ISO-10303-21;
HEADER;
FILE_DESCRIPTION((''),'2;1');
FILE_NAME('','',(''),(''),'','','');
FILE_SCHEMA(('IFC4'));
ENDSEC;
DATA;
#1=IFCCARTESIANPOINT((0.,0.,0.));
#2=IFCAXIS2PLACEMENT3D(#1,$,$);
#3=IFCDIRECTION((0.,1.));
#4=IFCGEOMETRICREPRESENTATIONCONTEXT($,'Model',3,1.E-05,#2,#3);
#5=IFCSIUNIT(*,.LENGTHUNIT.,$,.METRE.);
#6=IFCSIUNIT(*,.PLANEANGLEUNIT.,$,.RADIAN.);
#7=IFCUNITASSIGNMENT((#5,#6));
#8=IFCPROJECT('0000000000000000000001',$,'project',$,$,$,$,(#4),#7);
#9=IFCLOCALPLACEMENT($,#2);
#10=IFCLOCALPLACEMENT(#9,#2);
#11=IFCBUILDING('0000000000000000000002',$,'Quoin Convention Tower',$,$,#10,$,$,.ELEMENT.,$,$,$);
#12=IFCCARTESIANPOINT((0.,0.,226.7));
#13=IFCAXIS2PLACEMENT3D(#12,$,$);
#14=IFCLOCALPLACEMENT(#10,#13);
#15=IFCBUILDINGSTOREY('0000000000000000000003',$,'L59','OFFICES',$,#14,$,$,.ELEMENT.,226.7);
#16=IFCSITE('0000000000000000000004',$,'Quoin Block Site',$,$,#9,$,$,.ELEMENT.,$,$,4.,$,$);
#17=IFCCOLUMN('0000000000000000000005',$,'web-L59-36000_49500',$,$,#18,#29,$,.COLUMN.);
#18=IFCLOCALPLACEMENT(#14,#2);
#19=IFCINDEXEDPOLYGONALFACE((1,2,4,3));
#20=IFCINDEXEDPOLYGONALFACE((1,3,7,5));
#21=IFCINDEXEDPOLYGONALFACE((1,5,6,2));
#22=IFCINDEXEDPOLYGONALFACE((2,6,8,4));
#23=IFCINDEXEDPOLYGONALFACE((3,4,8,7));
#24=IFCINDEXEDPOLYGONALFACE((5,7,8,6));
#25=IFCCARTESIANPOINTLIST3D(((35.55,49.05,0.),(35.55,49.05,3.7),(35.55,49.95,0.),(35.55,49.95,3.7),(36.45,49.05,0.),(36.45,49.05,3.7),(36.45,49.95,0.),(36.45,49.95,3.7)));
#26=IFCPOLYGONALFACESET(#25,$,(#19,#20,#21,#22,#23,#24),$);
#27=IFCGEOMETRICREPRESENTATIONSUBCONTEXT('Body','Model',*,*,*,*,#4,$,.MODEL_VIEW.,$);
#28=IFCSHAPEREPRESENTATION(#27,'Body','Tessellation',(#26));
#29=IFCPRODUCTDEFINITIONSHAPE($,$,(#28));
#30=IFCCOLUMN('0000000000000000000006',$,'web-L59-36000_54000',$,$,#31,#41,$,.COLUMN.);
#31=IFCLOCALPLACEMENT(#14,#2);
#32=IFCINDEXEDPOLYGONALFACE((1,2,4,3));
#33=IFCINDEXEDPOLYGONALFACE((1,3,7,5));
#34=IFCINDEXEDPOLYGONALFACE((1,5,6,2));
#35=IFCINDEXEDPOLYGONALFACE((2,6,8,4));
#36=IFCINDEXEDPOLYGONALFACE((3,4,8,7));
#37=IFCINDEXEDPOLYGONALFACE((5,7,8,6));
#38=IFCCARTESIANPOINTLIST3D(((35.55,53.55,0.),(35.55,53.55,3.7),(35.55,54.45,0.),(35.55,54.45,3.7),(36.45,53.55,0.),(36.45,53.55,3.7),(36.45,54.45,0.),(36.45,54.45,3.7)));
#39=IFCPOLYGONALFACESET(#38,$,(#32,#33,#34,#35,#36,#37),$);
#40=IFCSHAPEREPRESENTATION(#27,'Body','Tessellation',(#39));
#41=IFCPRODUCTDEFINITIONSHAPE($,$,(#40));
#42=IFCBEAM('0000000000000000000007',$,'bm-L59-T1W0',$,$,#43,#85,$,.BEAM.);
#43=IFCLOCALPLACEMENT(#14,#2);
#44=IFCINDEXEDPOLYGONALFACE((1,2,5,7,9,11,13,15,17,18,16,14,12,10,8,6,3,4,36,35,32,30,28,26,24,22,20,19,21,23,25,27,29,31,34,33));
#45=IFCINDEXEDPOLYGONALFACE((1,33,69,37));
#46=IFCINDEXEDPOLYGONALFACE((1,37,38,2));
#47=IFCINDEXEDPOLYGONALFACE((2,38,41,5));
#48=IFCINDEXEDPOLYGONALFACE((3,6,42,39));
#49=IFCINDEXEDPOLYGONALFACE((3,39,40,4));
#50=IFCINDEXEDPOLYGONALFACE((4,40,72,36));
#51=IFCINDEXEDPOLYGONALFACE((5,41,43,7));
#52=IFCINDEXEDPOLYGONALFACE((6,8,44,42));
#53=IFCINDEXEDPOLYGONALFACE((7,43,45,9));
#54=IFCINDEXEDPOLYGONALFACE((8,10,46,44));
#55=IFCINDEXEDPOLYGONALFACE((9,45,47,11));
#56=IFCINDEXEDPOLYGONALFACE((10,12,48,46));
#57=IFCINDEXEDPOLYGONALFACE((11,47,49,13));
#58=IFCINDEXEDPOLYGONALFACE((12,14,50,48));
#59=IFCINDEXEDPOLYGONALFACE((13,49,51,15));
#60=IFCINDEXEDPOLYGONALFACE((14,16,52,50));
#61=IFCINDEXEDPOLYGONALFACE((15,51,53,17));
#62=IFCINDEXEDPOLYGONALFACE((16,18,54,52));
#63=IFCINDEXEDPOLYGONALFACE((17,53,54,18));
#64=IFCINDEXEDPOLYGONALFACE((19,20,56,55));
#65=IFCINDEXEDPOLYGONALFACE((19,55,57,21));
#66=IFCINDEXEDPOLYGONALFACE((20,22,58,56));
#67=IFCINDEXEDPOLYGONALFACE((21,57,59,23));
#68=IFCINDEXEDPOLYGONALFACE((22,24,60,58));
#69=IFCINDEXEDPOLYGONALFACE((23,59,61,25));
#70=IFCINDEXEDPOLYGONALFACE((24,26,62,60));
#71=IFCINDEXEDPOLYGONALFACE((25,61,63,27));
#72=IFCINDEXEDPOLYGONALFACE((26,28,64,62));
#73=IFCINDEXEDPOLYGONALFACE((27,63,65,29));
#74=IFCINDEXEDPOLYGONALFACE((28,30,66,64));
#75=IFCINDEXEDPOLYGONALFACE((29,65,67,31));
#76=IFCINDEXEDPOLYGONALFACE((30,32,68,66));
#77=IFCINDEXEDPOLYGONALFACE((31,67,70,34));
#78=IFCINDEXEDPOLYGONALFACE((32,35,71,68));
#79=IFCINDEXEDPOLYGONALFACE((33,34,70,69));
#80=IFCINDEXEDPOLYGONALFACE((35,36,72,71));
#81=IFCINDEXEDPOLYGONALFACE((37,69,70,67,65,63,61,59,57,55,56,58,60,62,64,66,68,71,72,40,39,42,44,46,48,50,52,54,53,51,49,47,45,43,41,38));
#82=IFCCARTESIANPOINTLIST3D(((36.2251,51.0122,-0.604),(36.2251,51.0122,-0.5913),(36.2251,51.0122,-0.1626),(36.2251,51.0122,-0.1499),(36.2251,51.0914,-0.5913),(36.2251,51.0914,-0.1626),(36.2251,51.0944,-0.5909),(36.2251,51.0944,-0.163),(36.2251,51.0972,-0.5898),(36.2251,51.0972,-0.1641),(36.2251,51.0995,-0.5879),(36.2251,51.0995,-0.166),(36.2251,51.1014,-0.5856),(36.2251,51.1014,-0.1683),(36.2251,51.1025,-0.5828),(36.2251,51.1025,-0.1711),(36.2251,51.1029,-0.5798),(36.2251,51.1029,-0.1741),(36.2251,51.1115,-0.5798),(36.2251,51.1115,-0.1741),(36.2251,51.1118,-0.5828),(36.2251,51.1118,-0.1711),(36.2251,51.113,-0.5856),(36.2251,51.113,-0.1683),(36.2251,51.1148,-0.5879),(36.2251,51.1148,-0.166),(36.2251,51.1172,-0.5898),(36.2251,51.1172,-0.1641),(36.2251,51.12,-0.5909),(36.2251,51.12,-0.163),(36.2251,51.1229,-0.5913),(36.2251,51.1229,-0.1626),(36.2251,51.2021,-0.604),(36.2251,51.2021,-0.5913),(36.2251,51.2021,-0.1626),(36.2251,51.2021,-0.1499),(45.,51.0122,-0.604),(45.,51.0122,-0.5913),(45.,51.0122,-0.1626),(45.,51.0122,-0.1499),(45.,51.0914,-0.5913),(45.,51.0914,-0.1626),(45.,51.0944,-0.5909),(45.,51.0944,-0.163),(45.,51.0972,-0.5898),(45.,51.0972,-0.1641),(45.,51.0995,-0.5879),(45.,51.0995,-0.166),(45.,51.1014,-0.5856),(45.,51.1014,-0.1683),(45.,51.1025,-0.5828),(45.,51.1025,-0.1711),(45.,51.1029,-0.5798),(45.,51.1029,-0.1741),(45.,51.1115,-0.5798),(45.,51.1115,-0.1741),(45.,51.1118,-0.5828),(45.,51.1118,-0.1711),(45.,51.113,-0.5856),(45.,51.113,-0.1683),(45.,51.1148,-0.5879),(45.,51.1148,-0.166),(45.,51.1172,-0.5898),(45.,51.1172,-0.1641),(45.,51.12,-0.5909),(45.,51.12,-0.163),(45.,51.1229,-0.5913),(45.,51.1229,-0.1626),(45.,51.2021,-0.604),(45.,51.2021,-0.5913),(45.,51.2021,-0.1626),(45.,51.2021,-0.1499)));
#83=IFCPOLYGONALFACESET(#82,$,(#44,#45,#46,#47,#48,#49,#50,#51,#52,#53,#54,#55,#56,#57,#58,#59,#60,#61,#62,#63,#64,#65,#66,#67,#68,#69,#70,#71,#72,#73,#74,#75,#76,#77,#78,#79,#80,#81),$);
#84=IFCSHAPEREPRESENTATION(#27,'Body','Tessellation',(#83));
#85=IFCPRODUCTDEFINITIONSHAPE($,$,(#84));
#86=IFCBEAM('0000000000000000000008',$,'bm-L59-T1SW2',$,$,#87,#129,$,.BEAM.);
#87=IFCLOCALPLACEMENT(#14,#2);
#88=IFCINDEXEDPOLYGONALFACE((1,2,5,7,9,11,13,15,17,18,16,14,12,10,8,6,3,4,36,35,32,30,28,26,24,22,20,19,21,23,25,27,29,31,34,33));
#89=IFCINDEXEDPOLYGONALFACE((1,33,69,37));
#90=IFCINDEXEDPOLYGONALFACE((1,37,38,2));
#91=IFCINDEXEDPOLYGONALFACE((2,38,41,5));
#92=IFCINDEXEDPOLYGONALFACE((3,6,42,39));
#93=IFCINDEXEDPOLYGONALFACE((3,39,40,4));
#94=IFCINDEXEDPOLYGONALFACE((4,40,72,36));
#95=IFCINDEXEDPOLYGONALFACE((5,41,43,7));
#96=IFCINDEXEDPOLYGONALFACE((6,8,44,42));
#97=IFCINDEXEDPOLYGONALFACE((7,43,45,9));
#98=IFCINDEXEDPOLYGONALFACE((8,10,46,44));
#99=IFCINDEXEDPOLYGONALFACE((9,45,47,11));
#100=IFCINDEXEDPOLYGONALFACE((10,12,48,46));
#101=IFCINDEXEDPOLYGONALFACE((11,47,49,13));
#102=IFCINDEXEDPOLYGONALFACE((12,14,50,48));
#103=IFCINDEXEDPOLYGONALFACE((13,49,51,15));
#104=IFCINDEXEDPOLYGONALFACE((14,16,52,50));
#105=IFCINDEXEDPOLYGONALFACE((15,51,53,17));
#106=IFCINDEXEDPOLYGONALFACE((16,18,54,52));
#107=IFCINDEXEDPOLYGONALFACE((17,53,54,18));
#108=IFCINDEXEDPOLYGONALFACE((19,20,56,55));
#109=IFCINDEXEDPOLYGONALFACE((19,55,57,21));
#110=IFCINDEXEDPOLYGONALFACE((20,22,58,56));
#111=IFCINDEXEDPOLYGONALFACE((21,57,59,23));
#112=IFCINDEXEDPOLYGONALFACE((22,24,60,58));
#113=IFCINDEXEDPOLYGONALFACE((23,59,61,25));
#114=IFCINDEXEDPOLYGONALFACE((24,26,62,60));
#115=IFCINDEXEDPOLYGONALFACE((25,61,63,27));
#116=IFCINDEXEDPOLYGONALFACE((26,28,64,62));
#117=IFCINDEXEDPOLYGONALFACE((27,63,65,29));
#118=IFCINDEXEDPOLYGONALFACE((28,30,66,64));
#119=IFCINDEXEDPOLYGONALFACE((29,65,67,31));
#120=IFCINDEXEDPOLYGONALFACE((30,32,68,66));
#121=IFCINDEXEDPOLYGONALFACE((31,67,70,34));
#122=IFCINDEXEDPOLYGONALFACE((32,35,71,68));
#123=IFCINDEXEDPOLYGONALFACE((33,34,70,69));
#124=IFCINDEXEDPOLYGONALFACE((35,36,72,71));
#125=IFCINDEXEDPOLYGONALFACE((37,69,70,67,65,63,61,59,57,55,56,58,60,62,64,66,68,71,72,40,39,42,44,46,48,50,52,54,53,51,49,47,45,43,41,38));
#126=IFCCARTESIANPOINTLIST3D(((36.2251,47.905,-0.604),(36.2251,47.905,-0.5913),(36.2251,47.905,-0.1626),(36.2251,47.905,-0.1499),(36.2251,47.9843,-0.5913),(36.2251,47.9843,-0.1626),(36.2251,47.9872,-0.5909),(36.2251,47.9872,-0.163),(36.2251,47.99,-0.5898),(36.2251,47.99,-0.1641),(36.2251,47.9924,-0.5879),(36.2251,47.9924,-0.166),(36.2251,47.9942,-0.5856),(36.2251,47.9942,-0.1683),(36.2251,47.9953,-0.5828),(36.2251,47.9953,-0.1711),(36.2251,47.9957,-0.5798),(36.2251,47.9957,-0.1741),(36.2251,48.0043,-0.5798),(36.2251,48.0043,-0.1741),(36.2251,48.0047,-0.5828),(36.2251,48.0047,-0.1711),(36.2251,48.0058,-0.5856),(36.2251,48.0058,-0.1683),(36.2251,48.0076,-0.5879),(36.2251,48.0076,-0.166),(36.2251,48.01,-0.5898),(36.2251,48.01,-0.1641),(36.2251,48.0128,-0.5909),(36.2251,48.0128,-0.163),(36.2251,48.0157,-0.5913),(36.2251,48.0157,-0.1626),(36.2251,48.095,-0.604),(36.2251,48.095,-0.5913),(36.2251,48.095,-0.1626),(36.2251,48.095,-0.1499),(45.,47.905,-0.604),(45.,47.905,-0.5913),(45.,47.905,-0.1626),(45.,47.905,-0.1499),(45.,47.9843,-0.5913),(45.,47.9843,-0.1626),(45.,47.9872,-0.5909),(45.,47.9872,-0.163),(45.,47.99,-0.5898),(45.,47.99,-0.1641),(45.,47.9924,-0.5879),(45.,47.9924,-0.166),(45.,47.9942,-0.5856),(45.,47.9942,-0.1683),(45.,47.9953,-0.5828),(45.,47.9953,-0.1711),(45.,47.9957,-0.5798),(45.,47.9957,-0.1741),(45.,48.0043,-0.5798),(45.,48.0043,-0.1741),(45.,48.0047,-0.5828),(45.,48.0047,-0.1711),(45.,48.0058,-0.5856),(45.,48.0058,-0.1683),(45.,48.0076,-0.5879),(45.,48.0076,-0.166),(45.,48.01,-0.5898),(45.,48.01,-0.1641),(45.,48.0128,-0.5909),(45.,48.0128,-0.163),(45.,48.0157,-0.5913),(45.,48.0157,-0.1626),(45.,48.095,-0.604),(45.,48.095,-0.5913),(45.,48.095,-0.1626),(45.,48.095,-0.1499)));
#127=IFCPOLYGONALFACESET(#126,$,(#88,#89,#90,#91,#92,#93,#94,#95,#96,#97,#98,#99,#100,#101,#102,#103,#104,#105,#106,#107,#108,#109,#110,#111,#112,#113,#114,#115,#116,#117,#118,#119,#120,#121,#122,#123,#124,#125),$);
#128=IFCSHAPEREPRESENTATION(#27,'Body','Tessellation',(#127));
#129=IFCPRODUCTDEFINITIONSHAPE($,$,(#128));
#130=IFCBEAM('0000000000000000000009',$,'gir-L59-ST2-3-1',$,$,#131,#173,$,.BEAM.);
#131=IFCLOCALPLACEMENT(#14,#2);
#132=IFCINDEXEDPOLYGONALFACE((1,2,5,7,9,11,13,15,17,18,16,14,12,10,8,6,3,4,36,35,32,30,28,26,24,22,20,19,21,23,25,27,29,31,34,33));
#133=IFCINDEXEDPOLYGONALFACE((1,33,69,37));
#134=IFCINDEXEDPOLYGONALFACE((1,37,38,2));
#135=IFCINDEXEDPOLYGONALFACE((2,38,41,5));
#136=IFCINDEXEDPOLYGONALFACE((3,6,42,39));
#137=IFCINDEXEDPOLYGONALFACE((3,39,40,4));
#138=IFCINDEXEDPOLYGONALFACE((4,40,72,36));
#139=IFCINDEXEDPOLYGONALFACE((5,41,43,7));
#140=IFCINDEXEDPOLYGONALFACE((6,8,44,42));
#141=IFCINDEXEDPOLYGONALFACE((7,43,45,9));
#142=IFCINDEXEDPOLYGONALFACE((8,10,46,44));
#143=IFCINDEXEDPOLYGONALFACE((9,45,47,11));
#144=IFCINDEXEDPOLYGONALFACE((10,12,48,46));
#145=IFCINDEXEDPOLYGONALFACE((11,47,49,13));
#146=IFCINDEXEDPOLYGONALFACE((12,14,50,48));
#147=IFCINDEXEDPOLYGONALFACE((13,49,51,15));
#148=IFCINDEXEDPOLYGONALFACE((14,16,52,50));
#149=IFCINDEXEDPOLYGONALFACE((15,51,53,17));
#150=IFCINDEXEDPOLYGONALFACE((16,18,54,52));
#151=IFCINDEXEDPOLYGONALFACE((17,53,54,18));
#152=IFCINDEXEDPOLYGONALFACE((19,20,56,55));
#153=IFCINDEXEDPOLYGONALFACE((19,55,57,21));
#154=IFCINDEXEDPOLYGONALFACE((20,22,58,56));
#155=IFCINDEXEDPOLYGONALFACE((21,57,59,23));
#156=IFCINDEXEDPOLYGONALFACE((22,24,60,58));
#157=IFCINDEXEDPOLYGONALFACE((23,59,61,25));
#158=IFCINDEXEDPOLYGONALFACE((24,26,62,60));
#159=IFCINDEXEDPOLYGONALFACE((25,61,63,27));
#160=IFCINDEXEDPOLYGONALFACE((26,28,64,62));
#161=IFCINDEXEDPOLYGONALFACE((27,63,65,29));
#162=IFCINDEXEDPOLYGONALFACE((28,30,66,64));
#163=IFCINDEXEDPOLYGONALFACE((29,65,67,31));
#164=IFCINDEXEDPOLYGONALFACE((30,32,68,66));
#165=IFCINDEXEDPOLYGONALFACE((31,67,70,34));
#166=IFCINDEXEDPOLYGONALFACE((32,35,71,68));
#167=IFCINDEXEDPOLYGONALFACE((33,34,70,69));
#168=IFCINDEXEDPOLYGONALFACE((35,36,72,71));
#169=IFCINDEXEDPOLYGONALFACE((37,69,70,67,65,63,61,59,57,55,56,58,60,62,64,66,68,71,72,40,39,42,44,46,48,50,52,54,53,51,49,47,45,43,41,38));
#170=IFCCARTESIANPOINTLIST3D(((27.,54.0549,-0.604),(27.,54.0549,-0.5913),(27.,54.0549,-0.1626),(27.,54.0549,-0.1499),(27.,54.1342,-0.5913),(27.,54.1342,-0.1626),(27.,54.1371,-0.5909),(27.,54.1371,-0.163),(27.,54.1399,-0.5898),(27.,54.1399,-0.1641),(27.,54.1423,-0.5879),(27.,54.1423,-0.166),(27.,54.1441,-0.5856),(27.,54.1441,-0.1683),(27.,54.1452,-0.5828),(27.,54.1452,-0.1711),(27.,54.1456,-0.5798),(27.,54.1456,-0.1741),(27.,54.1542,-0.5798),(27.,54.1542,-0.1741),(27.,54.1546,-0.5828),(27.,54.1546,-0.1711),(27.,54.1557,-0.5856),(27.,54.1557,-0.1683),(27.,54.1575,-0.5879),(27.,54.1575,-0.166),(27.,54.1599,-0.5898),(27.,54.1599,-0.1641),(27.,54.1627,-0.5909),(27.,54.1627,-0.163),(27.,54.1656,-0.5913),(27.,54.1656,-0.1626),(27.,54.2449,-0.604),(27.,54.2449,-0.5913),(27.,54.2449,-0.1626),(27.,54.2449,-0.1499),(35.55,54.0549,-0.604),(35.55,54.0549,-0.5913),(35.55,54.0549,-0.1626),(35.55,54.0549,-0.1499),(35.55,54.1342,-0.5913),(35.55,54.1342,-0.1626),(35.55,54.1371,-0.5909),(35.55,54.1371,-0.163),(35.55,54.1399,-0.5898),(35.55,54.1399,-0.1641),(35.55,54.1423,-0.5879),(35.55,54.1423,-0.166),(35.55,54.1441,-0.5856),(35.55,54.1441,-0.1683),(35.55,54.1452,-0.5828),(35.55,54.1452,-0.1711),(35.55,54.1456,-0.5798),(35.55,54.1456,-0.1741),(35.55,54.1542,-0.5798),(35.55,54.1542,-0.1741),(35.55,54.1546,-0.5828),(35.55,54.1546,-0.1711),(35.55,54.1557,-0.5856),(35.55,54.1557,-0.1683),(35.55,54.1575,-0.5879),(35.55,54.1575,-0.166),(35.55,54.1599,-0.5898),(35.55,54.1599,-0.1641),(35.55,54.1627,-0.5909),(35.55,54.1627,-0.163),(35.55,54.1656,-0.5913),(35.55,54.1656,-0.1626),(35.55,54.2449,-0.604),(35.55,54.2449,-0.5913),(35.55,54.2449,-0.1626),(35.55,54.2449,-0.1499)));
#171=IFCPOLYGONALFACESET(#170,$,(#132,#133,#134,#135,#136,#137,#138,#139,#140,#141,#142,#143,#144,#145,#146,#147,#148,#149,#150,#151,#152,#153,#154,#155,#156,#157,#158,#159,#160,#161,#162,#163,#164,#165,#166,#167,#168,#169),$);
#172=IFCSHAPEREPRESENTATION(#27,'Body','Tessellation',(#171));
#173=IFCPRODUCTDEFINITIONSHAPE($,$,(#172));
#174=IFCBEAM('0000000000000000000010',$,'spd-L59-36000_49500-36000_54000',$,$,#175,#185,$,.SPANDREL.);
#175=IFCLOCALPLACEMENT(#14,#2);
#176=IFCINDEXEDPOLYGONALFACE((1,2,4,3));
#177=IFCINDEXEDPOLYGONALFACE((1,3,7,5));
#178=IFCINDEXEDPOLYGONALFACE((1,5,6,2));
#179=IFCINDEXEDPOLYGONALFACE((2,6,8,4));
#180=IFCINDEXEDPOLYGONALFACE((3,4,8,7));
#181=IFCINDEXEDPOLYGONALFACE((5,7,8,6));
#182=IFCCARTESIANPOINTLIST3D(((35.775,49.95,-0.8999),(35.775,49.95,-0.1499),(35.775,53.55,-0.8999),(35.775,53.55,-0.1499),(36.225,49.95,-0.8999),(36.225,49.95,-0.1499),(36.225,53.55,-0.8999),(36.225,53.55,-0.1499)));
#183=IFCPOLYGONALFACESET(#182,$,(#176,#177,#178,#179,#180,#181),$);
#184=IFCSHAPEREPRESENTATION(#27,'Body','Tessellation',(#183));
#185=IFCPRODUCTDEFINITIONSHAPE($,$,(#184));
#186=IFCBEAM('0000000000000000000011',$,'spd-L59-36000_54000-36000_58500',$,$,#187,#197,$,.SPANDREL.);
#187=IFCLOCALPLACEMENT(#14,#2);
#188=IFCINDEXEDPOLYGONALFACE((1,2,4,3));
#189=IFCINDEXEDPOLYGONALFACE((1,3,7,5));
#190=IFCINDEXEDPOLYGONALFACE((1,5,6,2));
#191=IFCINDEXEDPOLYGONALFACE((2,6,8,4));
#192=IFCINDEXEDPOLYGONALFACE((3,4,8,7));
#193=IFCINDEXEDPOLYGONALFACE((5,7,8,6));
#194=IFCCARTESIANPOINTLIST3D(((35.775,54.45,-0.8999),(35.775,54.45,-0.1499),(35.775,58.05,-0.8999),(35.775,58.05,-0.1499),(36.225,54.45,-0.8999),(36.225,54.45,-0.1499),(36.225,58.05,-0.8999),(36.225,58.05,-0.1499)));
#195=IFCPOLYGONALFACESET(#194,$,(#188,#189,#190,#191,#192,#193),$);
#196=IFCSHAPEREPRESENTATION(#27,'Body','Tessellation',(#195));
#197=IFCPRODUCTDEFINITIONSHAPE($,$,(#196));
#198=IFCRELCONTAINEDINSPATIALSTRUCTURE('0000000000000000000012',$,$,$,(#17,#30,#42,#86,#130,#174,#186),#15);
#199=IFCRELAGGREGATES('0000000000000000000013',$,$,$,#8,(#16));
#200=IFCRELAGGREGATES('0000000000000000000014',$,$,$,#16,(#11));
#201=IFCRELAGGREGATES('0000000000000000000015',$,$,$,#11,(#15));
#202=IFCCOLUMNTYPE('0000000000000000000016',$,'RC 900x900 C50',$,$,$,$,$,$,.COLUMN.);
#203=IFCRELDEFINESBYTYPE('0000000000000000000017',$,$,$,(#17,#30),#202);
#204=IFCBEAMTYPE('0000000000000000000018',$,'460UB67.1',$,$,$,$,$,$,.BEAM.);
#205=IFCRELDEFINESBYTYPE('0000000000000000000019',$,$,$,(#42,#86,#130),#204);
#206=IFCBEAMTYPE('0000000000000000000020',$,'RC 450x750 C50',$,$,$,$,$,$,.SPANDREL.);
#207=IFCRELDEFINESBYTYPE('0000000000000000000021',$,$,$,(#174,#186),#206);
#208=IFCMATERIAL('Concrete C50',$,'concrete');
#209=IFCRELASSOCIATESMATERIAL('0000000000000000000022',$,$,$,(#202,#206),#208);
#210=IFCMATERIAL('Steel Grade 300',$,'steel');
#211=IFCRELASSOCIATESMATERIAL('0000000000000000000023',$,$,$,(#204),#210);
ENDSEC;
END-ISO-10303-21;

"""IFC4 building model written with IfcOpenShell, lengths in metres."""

from ifc_helpers import new_model, si_unit, direction, frame, origin, origin_2d, place, context, subcontext, project, spatial, rectangle, i_section, extrude, material, material_profile, profile_set, type_object, element, save


model = new_model("IFC4")

# Units and contexts
model_context = context("Model", 3, precision=1e-05, world=origin(), true_north=direction((0.0, 1.0)))
body_context = subcontext(model_context, "Body", "Model", "MODEL_VIEW")
ifc_project = project(units=[si_unit("LENGTHUNIT", "METRE"), si_unit("PLANEANGLEUNIT", "RADIAN")], contexts=[model_context])

# Site, building, storey
site_placement = place(None, origin())
site = spatial("IfcSite", under=ifc_project, at=site_placement, Name="Quoin Block Site", CompositionType="ELEMENT", RefElevation=4.0)
building_placement = place(site_placement, origin())
building = spatial("IfcBuilding", under=site, at=building_placement, Name="Quoin Convention Tower", CompositionType="ELEMENT")
storey_placement = place(building_placement, frame((0.0, 0.0, 226.7)))
storey = spatial("IfcBuildingStorey", under=building, at=storey_placement, Name="L59", Description="OFFICES", CompositionType="ELEMENT", Elevation=226.7)

# Columns
ifc_material_1 = material(Name="Concrete C50", Category="concrete")
ifc_material_profile_1 = material_profile(ifc_material_1, rectangle(XDim=0.8999, YDim=0.8999, at=origin_2d()), Name="RC 900x900")
ifc_profile_set_1 = profile_set([ifc_material_profile_1], Name="Concrete C50")
column_type = type_object("IfcColumnType", Name="RC 900x900 C50", PredefinedType="COLUMN", material=ifc_profile_set_1)
for number, where, z_axis, x_axis, name in (
    (1, (36.0, 49.5, 0.0), (0.0, 0.0, 1.0), (1.0, 0.0, 0.0), "web-L59-36000_49500"),
    (2, (36.0, 54.0, 0.0), (0.0, 0.0, 1.0), (1.0, 0.0, 0.0), "web-L59-36000_54000"),
):
    element("IfcColumn", number, at=place(storey_placement, frame(where, z_axis=z_axis, x_axis=x_axis)), inside=storey, type_object=column_type, Name=name, PredefinedType="COLUMN", context=body_context, shape_type="SweptSolid", body=[
        extrude(rectangle(XDim=0.8999, YDim=0.8999, at=origin_2d()), origin(), (0.0, 0.0, 1.0), 3.7),
    ])

# Beams
ifc_material_2 = material(Name="Steel Grade 300", Category="steel")
ifc_material_profile_2 = material_profile(ifc_material_2, i_section(OverallWidth=0.1899, OverallDepth=0.4541, WebThickness=0.0085, FlangeThickness=0.0127, FilletRadius=0.0115, at=origin_2d()), Name="460UB67.1")
ifc_profile_set_2 = profile_set([ifc_material_profile_2], Name="Steel Grade 300")
beam_type_1 = type_object("IfcBeamType", Name="460UB67.1", PredefinedType="BEAM", material=ifc_profile_set_2)
for number, where, z_axis, x_axis, name in (
    (3, (36.2251, 51.1072, -0.377), (1.0, 0.0, 0.0), (0.0, 1.0, 0.0), "bm-L59-T1W0"),
    (4, (36.2251, 48.0, -0.377), (1.0, 0.0, 0.0), (0.0, 1.0, 0.0), "bm-L59-T1SW2"),
):
    element("IfcBeam", number, at=place(storey_placement, frame(where, z_axis=z_axis, x_axis=x_axis)), inside=storey, type_object=beam_type_1, Name=name, PredefinedType="BEAM", context=body_context, shape_type="SweptSolid", body=[
        extrude(i_section(OverallWidth=0.1899, OverallDepth=0.4541, WebThickness=0.0085, FlangeThickness=0.0127, FilletRadius=0.0115, at=origin_2d()), origin(), (0.0, 0.0, 1.0), 8.7749),
    ])
beam_placement = place(storey_placement, frame((27.0, 54.1499, -0.377), z_axis=(1.0, 0.0, 0.0), x_axis=(0.0, 1.0, 0.0)))
element("IfcBeam", 5, at=beam_placement, inside=storey, type_object=beam_type_1, Name="gir-L59-ST2-3-1", PredefinedType="BEAM", context=body_context, shape_type="SweptSolid", body=[
    extrude(i_section(OverallWidth=0.1899, OverallDepth=0.4541, WebThickness=0.0085, FlangeThickness=0.0127, FilletRadius=0.0115, at=origin_2d()), origin(), (0.0, 0.0, 1.0), 8.55),
])
ifc_material_profile_3 = material_profile(ifc_material_1, rectangle(XDim=0.45, YDim=0.75, at=origin_2d()), Name="RC 450x750")
ifc_profile_set_3 = profile_set([ifc_material_profile_3], Name="Concrete C50")
beam_type_2 = type_object("IfcBeamType", Name="RC 450x750 C50", PredefinedType="SPANDREL", material=ifc_profile_set_3)
for number, where, z_axis, x_axis, name in (
    (6, (36.0, 49.95, -0.5249), (0.0, 1.0, 0.0), (-1.0, 0.0, 0.0), "spd-L59-36000_49500-36000_54000"),
    (7, (36.0, 54.45, -0.5249), (0.0, 1.0, 0.0), (-1.0, 0.0, 0.0), "spd-L59-36000_54000-36000_58500"),
):
    element("IfcBeam", number, at=place(storey_placement, frame(where, z_axis=z_axis, x_axis=x_axis)), inside=storey, type_object=beam_type_2, Name=name, PredefinedType="SPANDREL", context=body_context, shape_type="SweptSolid", body=[
        extrude(rectangle(XDim=0.45, YDim=0.75, at=origin_2d()), origin(), (0.0, 0.0, 1.0), 3.6001),
    ])

save(model, "model.ifc")
